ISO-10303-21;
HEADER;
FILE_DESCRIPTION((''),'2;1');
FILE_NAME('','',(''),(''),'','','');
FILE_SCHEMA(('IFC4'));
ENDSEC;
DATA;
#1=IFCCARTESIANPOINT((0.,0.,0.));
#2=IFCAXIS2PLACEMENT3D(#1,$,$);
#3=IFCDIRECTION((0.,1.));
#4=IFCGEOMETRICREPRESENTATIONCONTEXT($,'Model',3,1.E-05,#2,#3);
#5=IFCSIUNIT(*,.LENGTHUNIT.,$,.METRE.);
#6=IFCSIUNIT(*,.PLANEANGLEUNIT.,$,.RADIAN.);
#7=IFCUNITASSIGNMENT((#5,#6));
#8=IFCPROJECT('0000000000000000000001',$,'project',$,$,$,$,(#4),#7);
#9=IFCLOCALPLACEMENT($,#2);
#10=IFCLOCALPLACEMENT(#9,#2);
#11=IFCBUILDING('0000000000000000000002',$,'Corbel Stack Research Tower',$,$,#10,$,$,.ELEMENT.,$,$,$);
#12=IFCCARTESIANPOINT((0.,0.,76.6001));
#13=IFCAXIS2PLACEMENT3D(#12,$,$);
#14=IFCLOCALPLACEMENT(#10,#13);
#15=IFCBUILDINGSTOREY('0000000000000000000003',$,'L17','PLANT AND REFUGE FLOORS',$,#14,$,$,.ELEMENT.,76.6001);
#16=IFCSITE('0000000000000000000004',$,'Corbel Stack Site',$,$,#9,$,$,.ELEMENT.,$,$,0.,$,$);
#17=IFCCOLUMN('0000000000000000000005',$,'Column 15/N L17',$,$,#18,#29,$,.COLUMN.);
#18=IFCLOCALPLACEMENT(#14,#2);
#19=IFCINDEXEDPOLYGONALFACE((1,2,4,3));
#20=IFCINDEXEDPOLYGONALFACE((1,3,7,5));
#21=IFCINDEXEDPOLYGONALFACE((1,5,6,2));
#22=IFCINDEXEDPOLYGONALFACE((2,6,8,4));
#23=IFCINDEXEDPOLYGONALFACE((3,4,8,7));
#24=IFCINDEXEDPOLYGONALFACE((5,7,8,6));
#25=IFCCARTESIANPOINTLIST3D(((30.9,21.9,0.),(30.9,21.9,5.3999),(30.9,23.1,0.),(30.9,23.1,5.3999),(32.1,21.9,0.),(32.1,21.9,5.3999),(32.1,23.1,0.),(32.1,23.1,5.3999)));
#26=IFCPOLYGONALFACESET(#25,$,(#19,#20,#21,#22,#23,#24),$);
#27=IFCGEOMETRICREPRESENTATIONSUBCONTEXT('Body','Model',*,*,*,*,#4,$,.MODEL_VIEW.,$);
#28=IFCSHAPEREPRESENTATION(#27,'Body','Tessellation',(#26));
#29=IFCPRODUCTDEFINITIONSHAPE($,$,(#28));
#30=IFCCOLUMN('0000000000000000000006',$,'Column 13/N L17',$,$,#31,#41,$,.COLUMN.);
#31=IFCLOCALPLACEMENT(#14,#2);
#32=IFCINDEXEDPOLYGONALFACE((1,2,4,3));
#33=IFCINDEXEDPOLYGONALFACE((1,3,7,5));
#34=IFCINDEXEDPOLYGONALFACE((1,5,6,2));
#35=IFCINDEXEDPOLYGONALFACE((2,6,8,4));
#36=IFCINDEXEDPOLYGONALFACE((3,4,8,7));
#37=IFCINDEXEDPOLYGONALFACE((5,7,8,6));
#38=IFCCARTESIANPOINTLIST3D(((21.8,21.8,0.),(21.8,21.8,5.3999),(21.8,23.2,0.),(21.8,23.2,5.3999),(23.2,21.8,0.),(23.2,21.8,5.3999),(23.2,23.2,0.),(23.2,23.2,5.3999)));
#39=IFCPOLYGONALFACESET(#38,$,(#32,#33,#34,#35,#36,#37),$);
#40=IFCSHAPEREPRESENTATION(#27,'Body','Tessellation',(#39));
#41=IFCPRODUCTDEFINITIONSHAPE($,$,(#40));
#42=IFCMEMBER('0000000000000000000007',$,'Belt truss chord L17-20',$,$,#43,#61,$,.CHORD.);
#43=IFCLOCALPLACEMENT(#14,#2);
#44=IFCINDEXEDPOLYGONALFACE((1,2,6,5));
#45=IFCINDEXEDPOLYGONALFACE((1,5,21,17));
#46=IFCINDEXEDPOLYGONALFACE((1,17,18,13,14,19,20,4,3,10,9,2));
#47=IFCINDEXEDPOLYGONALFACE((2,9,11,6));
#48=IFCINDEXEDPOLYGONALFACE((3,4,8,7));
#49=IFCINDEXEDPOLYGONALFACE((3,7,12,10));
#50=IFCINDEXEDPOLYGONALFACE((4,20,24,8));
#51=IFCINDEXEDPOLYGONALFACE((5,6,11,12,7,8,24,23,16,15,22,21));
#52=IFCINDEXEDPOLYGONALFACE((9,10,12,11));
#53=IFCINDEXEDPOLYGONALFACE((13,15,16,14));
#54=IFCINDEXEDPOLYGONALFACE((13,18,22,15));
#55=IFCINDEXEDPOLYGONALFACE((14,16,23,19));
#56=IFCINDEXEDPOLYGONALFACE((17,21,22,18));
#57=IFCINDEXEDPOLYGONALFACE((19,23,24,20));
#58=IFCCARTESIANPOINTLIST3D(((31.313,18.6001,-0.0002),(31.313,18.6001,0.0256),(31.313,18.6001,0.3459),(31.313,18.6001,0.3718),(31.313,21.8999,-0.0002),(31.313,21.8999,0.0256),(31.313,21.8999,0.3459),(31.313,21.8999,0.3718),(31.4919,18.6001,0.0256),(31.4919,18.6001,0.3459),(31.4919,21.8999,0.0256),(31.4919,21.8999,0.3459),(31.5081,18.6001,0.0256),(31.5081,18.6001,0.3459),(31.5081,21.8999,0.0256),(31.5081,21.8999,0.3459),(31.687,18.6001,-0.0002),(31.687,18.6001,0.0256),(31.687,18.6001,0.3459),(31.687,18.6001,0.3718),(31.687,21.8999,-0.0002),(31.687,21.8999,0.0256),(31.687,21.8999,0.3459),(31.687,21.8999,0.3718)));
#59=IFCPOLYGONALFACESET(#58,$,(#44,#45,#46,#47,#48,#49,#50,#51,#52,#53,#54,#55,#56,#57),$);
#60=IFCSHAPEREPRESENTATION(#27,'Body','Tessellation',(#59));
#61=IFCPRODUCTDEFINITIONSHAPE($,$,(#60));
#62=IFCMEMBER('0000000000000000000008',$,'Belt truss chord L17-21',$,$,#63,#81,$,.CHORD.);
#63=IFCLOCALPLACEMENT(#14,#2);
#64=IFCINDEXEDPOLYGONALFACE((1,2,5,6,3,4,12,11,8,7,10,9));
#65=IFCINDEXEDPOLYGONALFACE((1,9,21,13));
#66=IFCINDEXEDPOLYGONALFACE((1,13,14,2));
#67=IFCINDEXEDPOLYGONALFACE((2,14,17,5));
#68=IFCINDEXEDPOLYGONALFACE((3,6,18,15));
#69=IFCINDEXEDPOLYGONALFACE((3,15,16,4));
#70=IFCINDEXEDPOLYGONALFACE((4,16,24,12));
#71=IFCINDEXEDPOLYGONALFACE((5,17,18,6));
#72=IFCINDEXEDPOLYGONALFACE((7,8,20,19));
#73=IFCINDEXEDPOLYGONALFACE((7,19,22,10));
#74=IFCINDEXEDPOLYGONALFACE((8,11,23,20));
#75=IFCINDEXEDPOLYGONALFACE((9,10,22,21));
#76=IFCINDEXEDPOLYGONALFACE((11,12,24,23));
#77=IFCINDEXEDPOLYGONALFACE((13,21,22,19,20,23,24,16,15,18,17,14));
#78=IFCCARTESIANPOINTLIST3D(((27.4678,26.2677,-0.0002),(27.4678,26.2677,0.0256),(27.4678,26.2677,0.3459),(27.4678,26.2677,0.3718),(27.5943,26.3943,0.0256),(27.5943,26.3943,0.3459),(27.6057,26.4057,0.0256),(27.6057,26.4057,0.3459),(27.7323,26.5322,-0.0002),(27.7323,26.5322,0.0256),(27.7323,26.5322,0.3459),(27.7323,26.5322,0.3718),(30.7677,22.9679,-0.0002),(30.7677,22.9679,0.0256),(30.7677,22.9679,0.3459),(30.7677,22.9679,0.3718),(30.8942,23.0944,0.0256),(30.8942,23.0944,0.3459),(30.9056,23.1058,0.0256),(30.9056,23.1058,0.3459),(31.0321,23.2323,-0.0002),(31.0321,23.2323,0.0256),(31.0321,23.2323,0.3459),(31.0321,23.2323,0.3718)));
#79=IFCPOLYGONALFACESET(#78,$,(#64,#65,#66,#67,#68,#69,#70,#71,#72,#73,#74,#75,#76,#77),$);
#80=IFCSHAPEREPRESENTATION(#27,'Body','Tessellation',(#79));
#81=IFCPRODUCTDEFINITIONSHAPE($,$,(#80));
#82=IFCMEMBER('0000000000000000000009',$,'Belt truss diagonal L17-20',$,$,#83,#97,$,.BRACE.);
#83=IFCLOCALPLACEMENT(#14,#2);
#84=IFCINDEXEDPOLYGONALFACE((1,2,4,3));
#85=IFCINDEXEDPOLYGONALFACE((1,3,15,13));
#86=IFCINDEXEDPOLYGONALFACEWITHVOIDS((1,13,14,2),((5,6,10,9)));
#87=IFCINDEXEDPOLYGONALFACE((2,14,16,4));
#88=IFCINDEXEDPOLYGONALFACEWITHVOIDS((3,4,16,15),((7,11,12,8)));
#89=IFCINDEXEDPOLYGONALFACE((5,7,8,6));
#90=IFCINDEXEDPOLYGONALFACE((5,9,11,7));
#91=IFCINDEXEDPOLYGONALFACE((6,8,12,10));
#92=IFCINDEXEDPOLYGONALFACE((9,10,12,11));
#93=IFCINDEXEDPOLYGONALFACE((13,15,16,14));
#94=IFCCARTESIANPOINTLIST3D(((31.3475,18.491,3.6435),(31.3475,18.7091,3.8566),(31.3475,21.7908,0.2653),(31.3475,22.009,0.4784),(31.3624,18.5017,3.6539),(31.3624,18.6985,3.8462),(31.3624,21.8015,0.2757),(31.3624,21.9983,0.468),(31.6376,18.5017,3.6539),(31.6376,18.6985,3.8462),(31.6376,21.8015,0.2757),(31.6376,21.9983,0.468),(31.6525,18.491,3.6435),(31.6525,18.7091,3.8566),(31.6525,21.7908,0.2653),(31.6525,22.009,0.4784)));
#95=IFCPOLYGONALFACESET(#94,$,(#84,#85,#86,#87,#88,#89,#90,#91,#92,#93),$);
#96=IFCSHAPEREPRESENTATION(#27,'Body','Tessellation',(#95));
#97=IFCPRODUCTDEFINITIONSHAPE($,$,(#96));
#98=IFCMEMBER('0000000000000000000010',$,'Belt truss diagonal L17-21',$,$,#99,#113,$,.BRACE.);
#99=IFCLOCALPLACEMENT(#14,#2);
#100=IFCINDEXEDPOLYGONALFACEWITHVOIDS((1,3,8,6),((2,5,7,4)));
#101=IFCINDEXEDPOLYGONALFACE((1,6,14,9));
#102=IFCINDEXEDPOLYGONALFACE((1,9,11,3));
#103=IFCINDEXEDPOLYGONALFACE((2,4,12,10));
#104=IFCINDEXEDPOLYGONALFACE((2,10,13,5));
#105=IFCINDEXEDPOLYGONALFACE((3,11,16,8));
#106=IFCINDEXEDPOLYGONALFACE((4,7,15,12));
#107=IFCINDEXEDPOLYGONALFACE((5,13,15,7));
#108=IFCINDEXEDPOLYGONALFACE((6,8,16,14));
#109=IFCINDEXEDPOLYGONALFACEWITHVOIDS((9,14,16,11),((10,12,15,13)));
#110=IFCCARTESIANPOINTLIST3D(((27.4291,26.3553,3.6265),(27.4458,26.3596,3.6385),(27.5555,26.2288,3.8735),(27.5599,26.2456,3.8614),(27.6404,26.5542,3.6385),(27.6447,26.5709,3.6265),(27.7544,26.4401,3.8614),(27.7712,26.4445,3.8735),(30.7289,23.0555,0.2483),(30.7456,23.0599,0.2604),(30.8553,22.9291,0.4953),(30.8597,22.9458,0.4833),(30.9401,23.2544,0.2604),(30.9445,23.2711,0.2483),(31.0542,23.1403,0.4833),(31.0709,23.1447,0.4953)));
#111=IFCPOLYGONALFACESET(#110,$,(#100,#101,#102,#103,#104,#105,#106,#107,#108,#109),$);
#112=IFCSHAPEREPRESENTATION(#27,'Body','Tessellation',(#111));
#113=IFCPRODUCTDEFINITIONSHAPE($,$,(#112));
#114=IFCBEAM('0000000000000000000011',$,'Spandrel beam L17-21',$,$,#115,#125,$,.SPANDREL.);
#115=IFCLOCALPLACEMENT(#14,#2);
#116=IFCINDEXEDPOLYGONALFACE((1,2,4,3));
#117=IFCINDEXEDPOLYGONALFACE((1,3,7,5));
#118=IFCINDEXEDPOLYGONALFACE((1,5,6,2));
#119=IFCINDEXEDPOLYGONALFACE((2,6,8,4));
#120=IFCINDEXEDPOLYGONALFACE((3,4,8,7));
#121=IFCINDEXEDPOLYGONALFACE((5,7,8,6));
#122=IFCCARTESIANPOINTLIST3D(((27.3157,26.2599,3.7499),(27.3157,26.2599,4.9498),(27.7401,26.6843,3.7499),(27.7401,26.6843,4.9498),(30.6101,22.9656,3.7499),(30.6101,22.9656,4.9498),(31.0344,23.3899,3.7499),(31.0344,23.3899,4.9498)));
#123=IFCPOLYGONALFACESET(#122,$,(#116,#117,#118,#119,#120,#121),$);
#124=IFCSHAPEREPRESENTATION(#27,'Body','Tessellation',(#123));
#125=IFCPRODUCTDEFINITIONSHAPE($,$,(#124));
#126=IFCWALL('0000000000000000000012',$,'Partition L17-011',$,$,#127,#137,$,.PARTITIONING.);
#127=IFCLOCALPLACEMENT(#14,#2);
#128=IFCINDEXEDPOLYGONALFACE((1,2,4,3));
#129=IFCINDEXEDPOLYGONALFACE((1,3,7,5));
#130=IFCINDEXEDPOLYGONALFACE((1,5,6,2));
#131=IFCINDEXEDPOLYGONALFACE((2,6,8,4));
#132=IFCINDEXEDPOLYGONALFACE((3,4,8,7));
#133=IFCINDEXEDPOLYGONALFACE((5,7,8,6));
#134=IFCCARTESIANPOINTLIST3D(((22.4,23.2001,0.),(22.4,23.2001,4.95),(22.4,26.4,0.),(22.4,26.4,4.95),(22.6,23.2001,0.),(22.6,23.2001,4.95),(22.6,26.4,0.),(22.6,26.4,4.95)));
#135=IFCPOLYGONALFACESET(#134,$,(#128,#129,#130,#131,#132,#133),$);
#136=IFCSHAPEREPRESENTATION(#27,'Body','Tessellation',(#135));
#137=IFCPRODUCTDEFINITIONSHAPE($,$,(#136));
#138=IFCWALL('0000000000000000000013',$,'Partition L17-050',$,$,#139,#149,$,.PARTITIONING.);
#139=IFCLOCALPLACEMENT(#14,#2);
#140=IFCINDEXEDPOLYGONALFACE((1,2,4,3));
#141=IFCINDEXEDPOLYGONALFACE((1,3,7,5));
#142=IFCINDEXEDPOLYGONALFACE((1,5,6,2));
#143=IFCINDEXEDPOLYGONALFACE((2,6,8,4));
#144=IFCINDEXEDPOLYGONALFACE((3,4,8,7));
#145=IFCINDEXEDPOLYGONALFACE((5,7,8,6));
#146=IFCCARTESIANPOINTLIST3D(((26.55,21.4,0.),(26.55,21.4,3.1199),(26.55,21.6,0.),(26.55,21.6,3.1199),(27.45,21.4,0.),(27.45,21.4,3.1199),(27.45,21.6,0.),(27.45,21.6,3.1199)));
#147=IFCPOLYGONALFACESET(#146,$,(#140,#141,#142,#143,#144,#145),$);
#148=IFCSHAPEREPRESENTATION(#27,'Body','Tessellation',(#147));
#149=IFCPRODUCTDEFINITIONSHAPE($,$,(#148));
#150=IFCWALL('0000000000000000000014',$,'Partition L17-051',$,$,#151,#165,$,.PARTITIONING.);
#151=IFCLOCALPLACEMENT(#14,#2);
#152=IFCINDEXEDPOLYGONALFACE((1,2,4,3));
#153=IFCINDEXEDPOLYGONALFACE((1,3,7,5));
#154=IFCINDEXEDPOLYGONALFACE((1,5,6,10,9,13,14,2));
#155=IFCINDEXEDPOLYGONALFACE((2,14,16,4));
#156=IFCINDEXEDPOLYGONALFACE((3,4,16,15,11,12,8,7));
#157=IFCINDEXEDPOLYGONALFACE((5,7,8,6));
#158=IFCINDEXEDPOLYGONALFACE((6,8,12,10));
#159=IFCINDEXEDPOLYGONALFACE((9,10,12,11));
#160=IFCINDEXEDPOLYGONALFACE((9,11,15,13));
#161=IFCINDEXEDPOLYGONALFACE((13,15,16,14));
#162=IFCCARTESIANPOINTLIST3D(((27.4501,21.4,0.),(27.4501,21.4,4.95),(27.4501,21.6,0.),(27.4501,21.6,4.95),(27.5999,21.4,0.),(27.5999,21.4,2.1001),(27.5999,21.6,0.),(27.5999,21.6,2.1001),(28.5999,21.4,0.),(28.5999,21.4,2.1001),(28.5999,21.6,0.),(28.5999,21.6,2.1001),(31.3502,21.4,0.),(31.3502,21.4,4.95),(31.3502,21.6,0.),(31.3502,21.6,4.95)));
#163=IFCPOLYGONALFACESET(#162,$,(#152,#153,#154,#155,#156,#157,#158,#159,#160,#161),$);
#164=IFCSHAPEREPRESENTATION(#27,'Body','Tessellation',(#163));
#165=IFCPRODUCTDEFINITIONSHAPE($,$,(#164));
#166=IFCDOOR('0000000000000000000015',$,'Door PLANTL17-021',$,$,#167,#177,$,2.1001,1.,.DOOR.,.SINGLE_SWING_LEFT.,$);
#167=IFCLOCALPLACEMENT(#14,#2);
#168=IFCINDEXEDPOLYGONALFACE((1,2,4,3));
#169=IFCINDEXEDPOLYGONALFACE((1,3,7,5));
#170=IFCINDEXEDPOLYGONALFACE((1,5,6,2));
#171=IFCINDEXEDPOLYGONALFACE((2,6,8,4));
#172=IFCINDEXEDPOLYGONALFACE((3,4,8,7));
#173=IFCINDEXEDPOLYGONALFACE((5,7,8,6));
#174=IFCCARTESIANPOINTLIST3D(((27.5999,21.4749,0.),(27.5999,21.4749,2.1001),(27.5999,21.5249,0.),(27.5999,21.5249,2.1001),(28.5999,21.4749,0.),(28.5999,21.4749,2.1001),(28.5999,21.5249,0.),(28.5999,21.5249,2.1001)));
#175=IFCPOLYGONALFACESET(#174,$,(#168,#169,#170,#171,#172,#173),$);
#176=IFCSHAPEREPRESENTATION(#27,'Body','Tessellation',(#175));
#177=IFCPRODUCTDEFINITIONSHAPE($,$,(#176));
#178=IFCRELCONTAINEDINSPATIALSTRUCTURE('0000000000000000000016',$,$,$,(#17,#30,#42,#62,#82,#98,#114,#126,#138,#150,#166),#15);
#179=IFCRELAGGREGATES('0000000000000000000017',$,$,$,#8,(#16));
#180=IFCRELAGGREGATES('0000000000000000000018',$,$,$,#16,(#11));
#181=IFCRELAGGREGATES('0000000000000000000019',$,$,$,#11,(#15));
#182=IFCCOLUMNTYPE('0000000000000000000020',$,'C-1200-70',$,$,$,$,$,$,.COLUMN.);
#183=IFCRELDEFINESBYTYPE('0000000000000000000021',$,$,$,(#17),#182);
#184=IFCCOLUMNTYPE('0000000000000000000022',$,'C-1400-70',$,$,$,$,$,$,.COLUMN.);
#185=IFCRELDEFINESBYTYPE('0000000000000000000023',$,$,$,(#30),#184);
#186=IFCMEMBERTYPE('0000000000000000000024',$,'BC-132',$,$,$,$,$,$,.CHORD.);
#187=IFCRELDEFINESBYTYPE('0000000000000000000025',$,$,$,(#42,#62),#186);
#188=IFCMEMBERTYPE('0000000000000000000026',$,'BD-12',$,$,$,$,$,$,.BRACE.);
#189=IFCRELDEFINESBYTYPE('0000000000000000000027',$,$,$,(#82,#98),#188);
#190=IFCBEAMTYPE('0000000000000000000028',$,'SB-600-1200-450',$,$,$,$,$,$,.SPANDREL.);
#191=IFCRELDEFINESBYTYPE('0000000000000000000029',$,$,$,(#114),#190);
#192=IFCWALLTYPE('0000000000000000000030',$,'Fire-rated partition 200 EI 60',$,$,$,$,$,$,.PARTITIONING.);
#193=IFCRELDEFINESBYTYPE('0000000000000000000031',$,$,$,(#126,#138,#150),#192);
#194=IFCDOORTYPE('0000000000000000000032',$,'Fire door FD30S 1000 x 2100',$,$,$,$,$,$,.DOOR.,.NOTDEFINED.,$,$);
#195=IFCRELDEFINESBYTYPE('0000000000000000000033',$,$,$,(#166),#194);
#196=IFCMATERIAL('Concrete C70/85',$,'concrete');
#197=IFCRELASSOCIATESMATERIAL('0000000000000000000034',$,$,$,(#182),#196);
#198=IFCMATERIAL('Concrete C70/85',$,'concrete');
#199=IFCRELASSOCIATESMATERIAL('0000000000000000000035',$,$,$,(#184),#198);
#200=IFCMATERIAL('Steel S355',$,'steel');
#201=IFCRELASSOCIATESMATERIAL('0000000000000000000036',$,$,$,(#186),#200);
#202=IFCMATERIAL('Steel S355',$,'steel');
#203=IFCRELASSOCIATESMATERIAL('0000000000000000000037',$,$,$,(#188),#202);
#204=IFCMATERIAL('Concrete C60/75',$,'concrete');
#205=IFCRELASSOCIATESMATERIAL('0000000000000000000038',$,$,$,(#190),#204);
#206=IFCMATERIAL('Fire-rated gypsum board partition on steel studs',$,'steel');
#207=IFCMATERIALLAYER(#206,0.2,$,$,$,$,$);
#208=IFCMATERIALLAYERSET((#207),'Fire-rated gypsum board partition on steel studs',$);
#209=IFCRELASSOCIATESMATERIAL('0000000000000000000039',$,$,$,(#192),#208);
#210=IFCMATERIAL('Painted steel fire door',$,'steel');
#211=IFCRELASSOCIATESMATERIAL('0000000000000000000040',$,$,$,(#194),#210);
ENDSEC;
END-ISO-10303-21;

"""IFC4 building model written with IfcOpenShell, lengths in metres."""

from ifc_helpers import new_model, si_unit, direction, frame, frame_2d, origin, origin_2d, place, context, subcontext, project, spatial, rectangle, hollow_rectangle, i_section, extrude, material, layer, layer_set, material_profile, profile_set, type_object, element, fill, save


model = new_model("IFC4")

# Units and contexts
model_context = context("Model", 3, precision=1e-05, world=origin(), true_north=direction((0.0, 1.0)))
body_context = subcontext(model_context, "Body", "Model", "MODEL_VIEW")
ifc_project = project(units=[si_unit("LENGTHUNIT", "METRE"), si_unit("PLANEANGLEUNIT", "RADIAN")], contexts=[model_context])

# Site, building, storey
site_placement = place(None, origin())
site = spatial("IfcSite", under=ifc_project, at=site_placement, Name="Corbel Stack Site", CompositionType="ELEMENT", RefElevation=0.0)
building_placement = place(site_placement, origin())
building = spatial("IfcBuilding", under=site, at=building_placement, Name="Corbel Stack Research Tower", CompositionType="ELEMENT")
storey_placement = place(building_placement, frame((0.0, 0.0, 76.6001)))
storey = spatial("IfcBuildingStorey", under=building, at=storey_placement, Name="L17", Description="PLANT AND REFUGE FLOORS", CompositionType="ELEMENT", Elevation=76.6001)

# Columns
ifc_material_1 = material(Name="Concrete C70/85", Category="concrete")
ifc_material_profile_1 = material_profile(ifc_material_1, rectangle(XDim=1.2, YDim=1.2, at=origin_2d()), Name="RC 1200 x 1200")
ifc_profile_set_1 = profile_set([ifc_material_profile_1], Name="Concrete C70/85")
column_type_1 = type_object("IfcColumnType", Name="C-1200-70", PredefinedType="COLUMN", material=ifc_profile_set_1)
column_1_placement = place(storey_placement, frame((31.5, 22.5, 0.0), z_axis=(0.0, 0.0, 1.0), x_axis=(1.0, 0.0, 0.0)))
element("IfcColumn", 1, at=column_1_placement, inside=storey, type_object=column_type_1, Name="Column 15/N L17", PredefinedType="COLUMN", context=body_context, shape_type="SweptSolid", body=[
    extrude(rectangle(XDim=1.2, YDim=1.2, at=origin_2d()), origin(), (0.0, 0.0, 1.0), 5.3999),
])
ifc_material_2 = material(Name="Concrete C70/85", Category="concrete")
ifc_material_profile_2 = material_profile(ifc_material_2, rectangle(XDim=1.3999, YDim=1.3999, at=origin_2d()), Name="RC 1400 x 1400")
ifc_profile_set_2 = profile_set([ifc_material_profile_2], Name="Concrete C70/85")
column_type_2 = type_object("IfcColumnType", Name="C-1400-70", PredefinedType="COLUMN", material=ifc_profile_set_2)
column_2_placement = place(storey_placement, frame((22.5, 22.5, 0.0), z_axis=(0.0, 0.0, 1.0), x_axis=(1.0, 0.0, 0.0)))
element("IfcColumn", 2, at=column_2_placement, inside=storey, type_object=column_type_2, Name="Column 13/N L17", PredefinedType="COLUMN", context=body_context, shape_type="SweptSolid", body=[
    extrude(rectangle(XDim=1.3999, YDim=1.3999, at=origin_2d()), origin(), (0.0, 0.0, 1.0), 5.3999),
])

# Members
ifc_material_3 = material(Name="Steel S355", Category="steel")
ifc_material_profile_3 = material_profile(ifc_material_3, i_section(OverallWidth=0.374, OverallDepth=0.3721, WebThickness=0.0161, FlangeThickness=0.0259, at=origin_2d()), Name="W14x132")
ifc_profile_set_3 = profile_set([ifc_material_profile_3], Name="Steel S355")
member_type_1 = type_object("IfcMemberType", Name="BC-132", PredefinedType="CHORD", material=ifc_profile_set_3)
member_1_placement = place(storey_placement, frame((31.5, 18.6001, 0.1858), z_axis=(0.0, 1.0, 0.0), x_axis=(-1.0, 0.0, 0.0)))
element("IfcMember", 3, at=member_1_placement, inside=storey, type_object=member_type_1, Name="Belt truss chord L17-20", PredefinedType="CHORD", context=body_context, shape_type="SweptSolid", body=[
    extrude(i_section(OverallWidth=0.374, OverallDepth=0.3721, WebThickness=0.0161, FlangeThickness=0.0259, at=origin_2d()), origin(), (0.0, 0.0, 1.0), 3.2998),
])
member_2_placement = place(storey_placement, frame((30.8999, 23.1001, 0.1858), z_axis=(-0.707107, 0.707107, 0.0), x_axis=(-0.707107, -0.707107, 0.0)))
element("IfcMember", 4, at=member_2_placement, inside=storey, type_object=member_type_1, Name="Belt truss chord L17-21", PredefinedType="CHORD", context=body_context, shape_type="SweptSolid", body=[
    extrude(i_section(OverallWidth=0.374, OverallDepth=0.3721, WebThickness=0.0161, FlangeThickness=0.0259, at=origin_2d()), origin(), (0.0, 0.0, 1.0), 4.6667),
])
ifc_material_4 = material(Name="Steel S355", Category="steel")
ifc_material_profile_4 = material_profile(ifc_material_4, hollow_rectangle(XDim=0.3049, YDim=0.3049, WallThickness=0.0149, at=origin_2d()), Name="HSS12x12x5/8")
ifc_profile_set_4 = profile_set([ifc_material_profile_4], Name="Steel S355")
member_type_2 = type_object("IfcMemberType", Name="BD-12", PredefinedType="BRACE", material=ifc_profile_set_4)
member_3_placement = place(storey_placement, frame((31.5, 21.8999, 0.3718), z_axis=(0.0, -0.69876, 0.715356), x_axis=(1.0, 0.0, 0.0)))
element("IfcMember", 5, at=member_3_placement, inside=storey, type_object=member_type_2, Name="Belt truss diagonal L17-20", PredefinedType="BRACE", context=body_context, shape_type="SweptSolid", body=[
    extrude(hollow_rectangle(XDim=0.3049, YDim=0.3049, WallThickness=0.0149, at=origin_2d()), origin(), (0.0, 0.0, 1.0), 4.7224),
])
member_4_placement = place(storey_placement, frame((30.8999, 23.1001, 0.3718), z_axis=(-0.57278, 0.57278, 0.586384), x_axis=(-0.707107, -0.707107, 0.0)))
element("IfcMember", 6, at=member_4_placement, inside=storey, type_object=member_type_2, Name="Belt truss diagonal L17-21", PredefinedType="BRACE", context=body_context, shape_type="SweptSolid", body=[
    extrude(hollow_rectangle(XDim=0.3049, YDim=0.3049, WallThickness=0.0149, at=origin_2d()), origin(), (0.0, 0.0, 1.0), 5.761),
])

# Beam
ifc_material_5 = material(Name="Concrete C60/75", Category="concrete")
ifc_material_profile_5 = material_profile(ifc_material_5, rectangle(XDim=0.6001, YDim=1.2, at=origin_2d()), Name="RC 600 x 1200")
ifc_profile_set_5 = profile_set([ifc_material_profile_5], Name="Concrete C60/75")
beam_type = type_object("IfcBeamType", Name="SB-600-1200-450", PredefinedType="SPANDREL", material=ifc_profile_set_5)
beam_placement = place(storey_placement, frame((30.8223, 23.1777, 4.3499), z_axis=(-0.707107, 0.707107, 0.0), x_axis=(-0.707107, -0.707107, 0.0)))
element("IfcBeam", 7, at=beam_placement, inside=storey, type_object=beam_type, Name="Spandrel beam L17-21", PredefinedType="SPANDREL", context=body_context, shape_type="SweptSolid", body=[
    extrude(rectangle(XDim=0.6001, YDim=1.2, at=origin_2d()), origin(), (0.0, 0.0, 1.0), 4.6589),
])

# Walls
ifc_material_6 = material(Name="Fire-rated gypsum board partition on steel studs", Category="steel")
ifc_layer_1 = layer(ifc_material_6, 0.2)
ifc_layer_set_1 = layer_set([ifc_layer_1], Name="Fire-rated gypsum board partition on steel studs")
wall_type_1 = type_object("IfcWallType", Name="Fire-rated partition 200 EI 60", PredefinedType="PARTITIONING", material=ifc_layer_set_1)
wall_1_placement = place(storey_placement, frame((22.5, 23.2, 0.0), z_axis=(0.0, 0.0, 1.0), x_axis=(0.0, 1.0, 0.0)))
element("IfcWall", 8, at=wall_1_placement, inside=storey, type_object=wall_type_1, Name="Partition L17-011", PredefinedType="PARTITIONING", context=body_context, shape_type="SweptSolid", body=[
    extrude(rectangle(XDim=3.2, YDim=0.2, at=frame_2d((1.6001, 0.0))), origin(), (0.0, 0.0, 1.0), 4.95),
])
wall_2_placement = place(storey_placement, frame((26.55, 21.5, 0.0), z_axis=(0.0, 0.0, 1.0), x_axis=(1.0, 0.0, 0.0)))
element("IfcWall", 9, at=wall_2_placement, inside=storey, type_object=wall_type_1, Name="Partition L17-050", PredefinedType="PARTITIONING", context=body_context, shape_type="SweptSolid", body=[
    extrude(rectangle(XDim=0.8999, YDim=0.2, at=frame_2d((0.45, 0.0))), origin(), (0.0, 0.0, 1.0), 3.1199),
])

# Wall, opening, door
wall_3_placement = place(storey_placement, frame((27.45, 21.5, 0.0), z_axis=(0.0, 0.0, 1.0), x_axis=(1.0, 0.0, 0.0)))
wall_3 = element("IfcWall", 10, at=wall_3_placement, inside=storey, type_object=wall_type_1, Name="Partition L17-051", PredefinedType="PARTITIONING", context=body_context, shape_type="SweptSolid", body=[
    extrude(rectangle(XDim=3.9001, YDim=0.2, at=frame_2d((1.9502, 0.0))), origin(), (0.0, 0.0, 1.0), 4.95),
])
opening_placement = place(wall_3_placement, frame((0.1499, 0.0, 0.0)))
opening = element("IfcOpeningElement", 11, at=opening_placement, cuts=wall_3, PredefinedType="OPENING", context=body_context, shape_type="SweptSolid", body=[
    extrude(rectangle(XDim=1.0, YDim=2.1001, at=frame_2d((0.5, 1.05))), frame((0.0, 0.1099, 0.0), z_axis=(0.0, -1.0, 0.0), x_axis=(1.0, 0.0, 0.0)), (0.0, 0.0, 1.0), 0.22),
])
ifc_material_7 = material(Name="Painted steel fire door", Category="steel")
door_type = type_object("IfcDoorType", Name="Fire door FD30S 1000 x 2100", OperationType="NOTDEFINED", PredefinedType="DOOR", material=ifc_material_7)
door_placement = place(opening_placement, origin())
door = element("IfcDoor", 12, at=door_placement, inside=storey, type_object=door_type, Name="Door PLANTL17-021", OperationType="SINGLE_SWING_LEFT", OverallHeight=2.1001, OverallWidth=1.0, PredefinedType="DOOR", context=body_context, shape_type="SweptSolid", body=[
    extrude(rectangle(XDim=1.0, YDim=2.1001, at=frame_2d((0.5, 1.05))), frame((0.0, 0.0249, 0.0), z_axis=(0.0, -1.0, 0.0), x_axis=(1.0, 0.0, 0.0)), (0.0, 0.0, 1.0), 0.05),
])
fill(opening, door)

save(model, "model.ifc")
